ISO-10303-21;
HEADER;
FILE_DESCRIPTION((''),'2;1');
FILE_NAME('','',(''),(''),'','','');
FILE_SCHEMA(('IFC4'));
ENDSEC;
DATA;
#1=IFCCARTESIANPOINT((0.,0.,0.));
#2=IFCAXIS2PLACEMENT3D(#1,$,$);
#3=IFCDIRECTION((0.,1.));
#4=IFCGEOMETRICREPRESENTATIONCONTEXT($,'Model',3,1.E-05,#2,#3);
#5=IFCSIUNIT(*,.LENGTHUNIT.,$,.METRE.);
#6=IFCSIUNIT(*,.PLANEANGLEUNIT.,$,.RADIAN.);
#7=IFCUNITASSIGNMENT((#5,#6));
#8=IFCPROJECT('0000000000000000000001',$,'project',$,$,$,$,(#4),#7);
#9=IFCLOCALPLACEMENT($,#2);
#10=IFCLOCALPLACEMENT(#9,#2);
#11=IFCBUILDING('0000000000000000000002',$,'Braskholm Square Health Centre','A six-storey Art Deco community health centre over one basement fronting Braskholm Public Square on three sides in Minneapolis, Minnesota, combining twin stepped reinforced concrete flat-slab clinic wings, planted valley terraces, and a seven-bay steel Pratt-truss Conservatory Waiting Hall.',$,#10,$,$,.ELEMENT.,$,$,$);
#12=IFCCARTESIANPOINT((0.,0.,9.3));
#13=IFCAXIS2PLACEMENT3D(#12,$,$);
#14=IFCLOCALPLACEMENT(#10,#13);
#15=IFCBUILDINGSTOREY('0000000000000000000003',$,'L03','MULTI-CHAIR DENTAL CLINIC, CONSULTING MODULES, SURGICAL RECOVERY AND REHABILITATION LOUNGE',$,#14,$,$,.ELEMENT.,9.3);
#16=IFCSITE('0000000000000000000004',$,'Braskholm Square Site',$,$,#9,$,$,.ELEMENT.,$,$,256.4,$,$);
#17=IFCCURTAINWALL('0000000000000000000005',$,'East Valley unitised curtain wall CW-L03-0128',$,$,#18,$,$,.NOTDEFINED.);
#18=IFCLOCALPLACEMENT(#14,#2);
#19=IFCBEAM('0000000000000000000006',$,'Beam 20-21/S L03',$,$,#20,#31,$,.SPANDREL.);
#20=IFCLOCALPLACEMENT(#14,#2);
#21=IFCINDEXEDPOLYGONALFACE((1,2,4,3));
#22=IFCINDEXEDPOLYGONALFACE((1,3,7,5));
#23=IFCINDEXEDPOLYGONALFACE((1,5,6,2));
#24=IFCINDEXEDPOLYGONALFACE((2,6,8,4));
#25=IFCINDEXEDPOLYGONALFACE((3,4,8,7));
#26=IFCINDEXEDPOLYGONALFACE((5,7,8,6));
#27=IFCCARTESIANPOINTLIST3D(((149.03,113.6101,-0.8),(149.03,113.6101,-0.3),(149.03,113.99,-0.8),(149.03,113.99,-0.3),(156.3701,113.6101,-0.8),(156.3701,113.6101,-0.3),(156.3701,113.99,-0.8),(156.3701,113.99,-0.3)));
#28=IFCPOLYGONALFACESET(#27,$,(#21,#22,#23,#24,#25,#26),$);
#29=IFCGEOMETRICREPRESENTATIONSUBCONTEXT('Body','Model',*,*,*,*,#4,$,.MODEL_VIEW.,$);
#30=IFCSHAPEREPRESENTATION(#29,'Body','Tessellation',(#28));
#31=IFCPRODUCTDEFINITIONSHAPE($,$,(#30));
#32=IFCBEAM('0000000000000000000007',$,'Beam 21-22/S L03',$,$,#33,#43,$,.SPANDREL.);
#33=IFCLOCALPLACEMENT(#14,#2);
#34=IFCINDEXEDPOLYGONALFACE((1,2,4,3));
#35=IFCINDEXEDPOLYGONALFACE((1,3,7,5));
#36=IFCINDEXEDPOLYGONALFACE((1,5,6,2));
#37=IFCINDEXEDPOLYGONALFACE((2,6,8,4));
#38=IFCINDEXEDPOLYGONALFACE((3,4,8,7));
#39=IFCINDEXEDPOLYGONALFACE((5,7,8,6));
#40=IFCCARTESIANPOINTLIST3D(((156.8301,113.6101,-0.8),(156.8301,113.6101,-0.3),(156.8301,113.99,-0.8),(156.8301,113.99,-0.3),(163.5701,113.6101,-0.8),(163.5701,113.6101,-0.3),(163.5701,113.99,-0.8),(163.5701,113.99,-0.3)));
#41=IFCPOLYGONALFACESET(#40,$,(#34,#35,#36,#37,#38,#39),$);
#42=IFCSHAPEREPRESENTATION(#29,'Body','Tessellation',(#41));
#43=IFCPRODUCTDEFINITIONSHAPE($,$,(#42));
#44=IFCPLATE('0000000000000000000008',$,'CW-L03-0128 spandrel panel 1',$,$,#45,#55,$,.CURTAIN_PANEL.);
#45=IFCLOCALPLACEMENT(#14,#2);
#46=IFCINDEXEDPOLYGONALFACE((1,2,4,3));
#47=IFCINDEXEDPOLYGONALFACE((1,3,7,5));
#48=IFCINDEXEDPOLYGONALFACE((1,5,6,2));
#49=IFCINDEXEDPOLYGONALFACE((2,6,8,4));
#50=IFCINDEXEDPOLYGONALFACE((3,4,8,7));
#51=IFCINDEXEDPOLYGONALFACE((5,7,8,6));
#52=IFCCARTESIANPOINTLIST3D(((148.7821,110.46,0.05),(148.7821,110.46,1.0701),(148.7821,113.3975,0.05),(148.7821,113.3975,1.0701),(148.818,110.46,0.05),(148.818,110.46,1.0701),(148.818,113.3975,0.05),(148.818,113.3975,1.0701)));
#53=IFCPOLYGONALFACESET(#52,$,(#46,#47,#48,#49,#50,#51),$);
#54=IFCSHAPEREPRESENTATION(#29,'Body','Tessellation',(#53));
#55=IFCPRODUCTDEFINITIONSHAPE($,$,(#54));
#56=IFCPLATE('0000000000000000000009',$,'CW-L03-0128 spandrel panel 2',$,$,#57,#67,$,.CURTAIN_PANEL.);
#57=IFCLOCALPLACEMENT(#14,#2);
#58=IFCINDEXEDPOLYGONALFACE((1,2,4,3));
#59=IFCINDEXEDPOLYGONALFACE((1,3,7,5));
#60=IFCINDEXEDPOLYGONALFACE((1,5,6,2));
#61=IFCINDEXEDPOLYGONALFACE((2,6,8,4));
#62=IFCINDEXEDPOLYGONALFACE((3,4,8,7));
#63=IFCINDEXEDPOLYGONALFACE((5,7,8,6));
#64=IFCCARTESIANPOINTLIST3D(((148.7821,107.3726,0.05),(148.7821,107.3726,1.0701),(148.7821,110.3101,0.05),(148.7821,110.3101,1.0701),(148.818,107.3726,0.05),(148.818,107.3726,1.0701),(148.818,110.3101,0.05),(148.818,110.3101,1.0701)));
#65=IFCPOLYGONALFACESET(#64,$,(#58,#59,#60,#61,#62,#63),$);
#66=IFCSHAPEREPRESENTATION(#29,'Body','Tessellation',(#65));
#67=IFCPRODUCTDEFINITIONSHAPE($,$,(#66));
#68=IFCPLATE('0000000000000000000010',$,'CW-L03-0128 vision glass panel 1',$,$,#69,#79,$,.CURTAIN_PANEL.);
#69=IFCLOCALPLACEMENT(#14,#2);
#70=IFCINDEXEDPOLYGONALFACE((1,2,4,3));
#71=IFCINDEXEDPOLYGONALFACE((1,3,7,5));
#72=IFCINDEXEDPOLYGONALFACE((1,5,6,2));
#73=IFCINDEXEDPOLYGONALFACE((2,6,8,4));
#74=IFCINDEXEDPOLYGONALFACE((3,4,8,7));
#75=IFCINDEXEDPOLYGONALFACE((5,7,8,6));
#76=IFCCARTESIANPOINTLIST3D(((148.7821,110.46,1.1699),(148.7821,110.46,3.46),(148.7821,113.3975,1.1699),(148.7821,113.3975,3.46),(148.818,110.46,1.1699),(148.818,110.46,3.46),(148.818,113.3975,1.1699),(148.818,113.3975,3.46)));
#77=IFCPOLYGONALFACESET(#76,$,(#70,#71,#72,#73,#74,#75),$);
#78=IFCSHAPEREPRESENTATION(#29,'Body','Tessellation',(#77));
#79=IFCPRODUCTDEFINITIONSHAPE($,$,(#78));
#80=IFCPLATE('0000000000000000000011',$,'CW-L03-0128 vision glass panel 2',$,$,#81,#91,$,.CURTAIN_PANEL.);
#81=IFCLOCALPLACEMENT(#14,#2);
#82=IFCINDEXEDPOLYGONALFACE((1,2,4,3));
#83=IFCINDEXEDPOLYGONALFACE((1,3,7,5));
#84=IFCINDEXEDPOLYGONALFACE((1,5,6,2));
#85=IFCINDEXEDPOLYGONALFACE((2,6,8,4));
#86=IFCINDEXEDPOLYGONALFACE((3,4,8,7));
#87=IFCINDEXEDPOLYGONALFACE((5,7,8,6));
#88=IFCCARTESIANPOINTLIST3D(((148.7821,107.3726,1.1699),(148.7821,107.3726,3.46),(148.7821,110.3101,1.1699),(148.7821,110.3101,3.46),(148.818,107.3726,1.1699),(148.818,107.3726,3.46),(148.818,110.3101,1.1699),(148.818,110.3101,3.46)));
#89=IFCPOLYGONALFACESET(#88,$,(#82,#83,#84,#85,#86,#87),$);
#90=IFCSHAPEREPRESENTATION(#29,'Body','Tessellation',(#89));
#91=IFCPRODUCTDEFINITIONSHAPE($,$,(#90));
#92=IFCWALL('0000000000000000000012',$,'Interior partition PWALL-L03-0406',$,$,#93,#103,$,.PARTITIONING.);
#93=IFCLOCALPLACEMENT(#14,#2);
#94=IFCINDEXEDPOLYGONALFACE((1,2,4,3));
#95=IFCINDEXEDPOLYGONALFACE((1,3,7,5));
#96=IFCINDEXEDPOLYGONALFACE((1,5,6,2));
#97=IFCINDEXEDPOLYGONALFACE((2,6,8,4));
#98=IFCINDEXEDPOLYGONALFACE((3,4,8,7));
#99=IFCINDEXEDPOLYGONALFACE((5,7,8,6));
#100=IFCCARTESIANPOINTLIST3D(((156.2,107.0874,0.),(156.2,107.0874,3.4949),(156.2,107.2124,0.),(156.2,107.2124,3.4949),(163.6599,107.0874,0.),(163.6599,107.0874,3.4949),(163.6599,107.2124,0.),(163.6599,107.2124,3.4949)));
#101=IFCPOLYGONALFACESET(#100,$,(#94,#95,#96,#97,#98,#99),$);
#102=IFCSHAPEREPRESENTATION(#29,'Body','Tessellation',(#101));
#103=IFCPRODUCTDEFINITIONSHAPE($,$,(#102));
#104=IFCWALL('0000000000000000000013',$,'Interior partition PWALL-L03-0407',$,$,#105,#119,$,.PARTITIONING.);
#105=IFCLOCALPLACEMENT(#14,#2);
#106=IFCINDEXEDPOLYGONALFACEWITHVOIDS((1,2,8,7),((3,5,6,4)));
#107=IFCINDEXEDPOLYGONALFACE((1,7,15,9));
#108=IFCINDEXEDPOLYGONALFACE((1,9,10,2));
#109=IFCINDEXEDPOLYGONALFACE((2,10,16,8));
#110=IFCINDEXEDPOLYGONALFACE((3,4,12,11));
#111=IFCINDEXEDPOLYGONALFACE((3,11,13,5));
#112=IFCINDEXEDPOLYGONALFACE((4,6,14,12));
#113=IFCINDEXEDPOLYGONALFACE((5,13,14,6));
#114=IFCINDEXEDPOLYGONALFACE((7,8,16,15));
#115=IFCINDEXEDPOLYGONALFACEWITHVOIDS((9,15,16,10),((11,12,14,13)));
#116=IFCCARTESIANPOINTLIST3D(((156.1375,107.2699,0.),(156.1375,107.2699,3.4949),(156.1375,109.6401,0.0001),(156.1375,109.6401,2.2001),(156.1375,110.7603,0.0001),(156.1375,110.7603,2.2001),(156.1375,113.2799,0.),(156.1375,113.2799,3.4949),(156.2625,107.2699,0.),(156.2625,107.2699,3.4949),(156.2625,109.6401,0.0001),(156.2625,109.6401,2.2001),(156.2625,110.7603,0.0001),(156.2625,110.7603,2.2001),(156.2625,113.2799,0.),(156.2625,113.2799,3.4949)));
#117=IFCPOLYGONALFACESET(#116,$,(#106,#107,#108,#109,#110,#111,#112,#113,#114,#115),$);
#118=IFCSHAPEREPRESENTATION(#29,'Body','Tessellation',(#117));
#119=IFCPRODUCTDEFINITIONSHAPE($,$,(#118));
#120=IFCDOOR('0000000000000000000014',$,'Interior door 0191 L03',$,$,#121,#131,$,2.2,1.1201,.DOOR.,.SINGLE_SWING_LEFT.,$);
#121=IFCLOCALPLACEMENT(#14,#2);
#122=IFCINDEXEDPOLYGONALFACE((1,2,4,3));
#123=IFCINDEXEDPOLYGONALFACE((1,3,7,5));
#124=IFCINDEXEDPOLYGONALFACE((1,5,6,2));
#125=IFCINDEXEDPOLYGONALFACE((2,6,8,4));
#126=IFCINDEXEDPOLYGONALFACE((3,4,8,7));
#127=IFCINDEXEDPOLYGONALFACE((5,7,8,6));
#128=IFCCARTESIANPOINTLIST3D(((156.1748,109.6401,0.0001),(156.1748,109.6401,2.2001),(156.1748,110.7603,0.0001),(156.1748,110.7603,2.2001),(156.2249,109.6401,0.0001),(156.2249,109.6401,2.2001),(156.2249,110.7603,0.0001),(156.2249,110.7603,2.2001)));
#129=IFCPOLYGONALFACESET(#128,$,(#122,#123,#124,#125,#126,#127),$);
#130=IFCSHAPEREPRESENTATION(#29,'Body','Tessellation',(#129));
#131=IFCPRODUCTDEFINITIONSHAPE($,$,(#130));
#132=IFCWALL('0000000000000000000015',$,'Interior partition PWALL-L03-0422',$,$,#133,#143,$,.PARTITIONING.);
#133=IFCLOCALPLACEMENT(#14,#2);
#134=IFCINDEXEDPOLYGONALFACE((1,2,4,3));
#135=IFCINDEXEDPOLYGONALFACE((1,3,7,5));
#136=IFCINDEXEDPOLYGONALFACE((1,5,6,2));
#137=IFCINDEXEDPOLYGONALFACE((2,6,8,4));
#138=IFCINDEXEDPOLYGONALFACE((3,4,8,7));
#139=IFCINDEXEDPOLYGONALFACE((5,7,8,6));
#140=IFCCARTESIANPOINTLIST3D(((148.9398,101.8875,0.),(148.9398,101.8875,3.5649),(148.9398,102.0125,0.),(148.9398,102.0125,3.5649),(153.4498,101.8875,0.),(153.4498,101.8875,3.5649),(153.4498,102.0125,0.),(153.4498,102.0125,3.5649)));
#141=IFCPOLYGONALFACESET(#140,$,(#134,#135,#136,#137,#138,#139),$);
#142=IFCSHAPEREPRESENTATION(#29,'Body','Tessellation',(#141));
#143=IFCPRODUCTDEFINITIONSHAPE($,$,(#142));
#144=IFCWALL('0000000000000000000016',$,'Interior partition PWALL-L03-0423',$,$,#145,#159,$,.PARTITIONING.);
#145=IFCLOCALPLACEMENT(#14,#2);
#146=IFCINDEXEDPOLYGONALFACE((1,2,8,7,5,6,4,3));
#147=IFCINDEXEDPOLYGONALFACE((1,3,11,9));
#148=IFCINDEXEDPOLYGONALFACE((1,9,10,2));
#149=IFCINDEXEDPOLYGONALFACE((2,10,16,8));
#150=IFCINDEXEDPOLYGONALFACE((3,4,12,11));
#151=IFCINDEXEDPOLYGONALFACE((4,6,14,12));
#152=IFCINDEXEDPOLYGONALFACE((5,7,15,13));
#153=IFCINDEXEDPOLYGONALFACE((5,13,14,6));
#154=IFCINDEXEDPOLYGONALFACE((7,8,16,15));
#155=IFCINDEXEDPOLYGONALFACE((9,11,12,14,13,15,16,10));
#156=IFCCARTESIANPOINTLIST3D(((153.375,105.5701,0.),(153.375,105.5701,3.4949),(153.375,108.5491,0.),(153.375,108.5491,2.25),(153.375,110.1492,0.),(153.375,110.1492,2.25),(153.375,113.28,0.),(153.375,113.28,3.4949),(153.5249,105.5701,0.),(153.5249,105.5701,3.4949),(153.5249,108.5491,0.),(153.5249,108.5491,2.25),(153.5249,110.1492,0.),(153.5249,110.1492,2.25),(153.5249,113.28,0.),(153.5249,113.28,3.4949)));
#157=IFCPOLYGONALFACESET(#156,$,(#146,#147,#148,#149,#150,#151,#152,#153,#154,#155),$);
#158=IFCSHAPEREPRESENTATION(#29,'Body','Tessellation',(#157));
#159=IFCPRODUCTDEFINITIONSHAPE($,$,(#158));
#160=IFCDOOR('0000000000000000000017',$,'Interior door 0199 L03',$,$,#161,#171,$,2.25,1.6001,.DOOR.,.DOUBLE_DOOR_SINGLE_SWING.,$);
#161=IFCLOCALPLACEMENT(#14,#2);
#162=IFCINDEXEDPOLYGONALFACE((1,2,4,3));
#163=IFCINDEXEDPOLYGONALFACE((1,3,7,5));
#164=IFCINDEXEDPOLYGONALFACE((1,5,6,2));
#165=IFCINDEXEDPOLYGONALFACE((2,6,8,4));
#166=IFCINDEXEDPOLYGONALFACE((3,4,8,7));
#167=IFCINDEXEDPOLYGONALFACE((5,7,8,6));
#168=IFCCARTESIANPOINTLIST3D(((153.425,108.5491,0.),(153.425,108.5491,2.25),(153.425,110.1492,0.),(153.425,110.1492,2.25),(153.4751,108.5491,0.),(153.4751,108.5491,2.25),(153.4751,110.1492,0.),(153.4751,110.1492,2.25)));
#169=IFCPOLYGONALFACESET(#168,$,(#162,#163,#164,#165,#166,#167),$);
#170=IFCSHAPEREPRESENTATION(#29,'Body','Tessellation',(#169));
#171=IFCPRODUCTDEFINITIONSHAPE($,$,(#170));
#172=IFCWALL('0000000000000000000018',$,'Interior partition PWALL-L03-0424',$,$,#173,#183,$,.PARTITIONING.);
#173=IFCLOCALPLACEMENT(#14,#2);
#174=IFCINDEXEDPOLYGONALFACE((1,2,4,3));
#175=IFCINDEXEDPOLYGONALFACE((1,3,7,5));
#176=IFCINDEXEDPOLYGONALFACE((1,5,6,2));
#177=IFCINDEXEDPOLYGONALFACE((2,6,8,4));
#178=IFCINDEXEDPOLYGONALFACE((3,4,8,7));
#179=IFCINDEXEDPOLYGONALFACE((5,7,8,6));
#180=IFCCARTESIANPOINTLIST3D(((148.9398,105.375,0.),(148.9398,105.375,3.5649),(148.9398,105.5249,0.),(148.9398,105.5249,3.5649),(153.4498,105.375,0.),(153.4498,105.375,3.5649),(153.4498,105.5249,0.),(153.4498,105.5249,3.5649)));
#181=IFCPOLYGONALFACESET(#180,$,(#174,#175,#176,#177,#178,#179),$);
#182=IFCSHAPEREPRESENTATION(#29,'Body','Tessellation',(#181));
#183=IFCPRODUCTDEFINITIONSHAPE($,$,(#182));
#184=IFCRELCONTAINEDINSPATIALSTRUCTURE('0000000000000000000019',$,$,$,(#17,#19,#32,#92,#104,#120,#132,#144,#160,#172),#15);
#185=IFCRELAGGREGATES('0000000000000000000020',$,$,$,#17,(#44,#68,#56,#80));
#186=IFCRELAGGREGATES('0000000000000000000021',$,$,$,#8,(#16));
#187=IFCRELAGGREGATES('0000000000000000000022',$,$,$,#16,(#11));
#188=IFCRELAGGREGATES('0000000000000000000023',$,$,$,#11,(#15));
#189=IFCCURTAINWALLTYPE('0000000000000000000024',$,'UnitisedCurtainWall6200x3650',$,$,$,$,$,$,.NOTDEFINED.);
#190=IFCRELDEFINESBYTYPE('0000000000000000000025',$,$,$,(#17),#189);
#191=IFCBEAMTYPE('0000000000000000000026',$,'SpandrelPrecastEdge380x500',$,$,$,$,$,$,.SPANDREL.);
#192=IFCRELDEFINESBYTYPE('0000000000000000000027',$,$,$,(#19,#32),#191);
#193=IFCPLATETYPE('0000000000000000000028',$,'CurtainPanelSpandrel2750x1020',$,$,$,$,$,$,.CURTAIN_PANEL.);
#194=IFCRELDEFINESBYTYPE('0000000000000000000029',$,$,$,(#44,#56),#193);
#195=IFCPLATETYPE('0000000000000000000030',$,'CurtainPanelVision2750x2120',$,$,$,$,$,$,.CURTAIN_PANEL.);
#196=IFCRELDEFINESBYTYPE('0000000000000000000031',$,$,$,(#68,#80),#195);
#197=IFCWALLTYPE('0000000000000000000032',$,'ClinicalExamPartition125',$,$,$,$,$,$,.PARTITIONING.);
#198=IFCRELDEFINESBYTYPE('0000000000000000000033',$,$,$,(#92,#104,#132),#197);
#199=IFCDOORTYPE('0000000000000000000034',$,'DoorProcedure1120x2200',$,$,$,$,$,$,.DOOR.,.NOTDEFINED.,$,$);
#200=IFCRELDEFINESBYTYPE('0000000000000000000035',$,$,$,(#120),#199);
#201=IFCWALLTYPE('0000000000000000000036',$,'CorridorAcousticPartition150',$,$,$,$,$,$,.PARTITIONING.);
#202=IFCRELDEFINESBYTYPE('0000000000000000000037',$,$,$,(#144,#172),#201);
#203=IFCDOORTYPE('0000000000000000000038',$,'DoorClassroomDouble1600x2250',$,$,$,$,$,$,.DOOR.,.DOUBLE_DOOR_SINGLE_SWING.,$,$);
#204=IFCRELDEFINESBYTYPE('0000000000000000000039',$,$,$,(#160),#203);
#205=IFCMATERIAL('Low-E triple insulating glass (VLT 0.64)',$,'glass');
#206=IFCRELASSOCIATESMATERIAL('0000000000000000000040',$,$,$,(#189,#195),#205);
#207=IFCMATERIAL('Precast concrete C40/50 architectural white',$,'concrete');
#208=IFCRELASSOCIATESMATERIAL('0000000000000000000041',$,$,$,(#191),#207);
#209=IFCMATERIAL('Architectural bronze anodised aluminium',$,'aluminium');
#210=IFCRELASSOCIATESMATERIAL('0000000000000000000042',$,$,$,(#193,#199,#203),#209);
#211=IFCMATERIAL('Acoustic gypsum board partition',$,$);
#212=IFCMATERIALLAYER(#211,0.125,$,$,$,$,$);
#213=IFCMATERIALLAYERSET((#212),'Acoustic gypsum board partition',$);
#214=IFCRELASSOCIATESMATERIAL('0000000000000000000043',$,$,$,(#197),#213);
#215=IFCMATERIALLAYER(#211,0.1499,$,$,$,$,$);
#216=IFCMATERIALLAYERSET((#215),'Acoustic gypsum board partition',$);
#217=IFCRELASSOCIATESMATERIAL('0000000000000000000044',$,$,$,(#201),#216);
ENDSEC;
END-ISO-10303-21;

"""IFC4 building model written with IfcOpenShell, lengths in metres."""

from ifc_helpers import new_model, si_unit, direction, frame, frame_2d, origin, origin_with_axes, origin_2d, place, context, subcontext, project, spatial, rectangle, extrude, material, layer, layer_set, material_profile, profile_set, type_object, element, fill, aggregate, save


model = new_model("IFC4")

# Units and contexts
model_context = context("Model", 3, precision=1e-05, world=origin(), true_north=direction((0.0, 1.0)))
body_context = subcontext(model_context, "Body", "Model", "MODEL_VIEW")
ifc_project = project(units=[si_unit("LENGTHUNIT", "METRE"), si_unit("PLANEANGLEUNIT", "RADIAN")], contexts=[model_context])

# Site, building, storey
site_placement = place(None, origin())
site = spatial("IfcSite", under=ifc_project, at=site_placement, Name="Braskholm Square Site", CompositionType="ELEMENT", RefElevation=256.4)
building_placement = place(site_placement, origin())
building = spatial("IfcBuilding", under=site, at=building_placement, Name="Braskholm Square Health Centre", Description="A six-storey Art Deco community health centre over one basement fronting Braskholm Public Square on three sides in Minneapolis, Minnesota, combining twin stepped reinforced concrete flat-slab clinic wings, planted valley terraces, and a seven-bay steel Pratt-truss Conservatory Waiting Hall.", CompositionType="ELEMENT")
storey_placement = place(building_placement, frame((0.0, 0.0, 9.3)))
storey = spatial("IfcBuildingStorey", under=building, at=storey_placement, Name="L03", Description="MULTI-CHAIR DENTAL CLINIC, CONSULTING MODULES, SURGICAL RECOVERY AND REHABILITATION LOUNGE", CompositionType="ELEMENT", Elevation=9.3)

# Shared definitions
ifc_material_1 = material(Name="Precast concrete C40/50 architectural white", Category="concrete")

# Curtain wall
ifc_material_2 = material(Name="Low-E triple insulating glass (VLT 0.64)", Category="glass")
curtain_wall_type = type_object("IfcCurtainWallType", Name="UnitisedCurtainWall6200x3650", PredefinedType="NOTDEFINED", material=ifc_material_2)
curtain_wall_placement = place(storey_placement, origin())
curtain_wall = element("IfcCurtainWall", 1, at=curtain_wall_placement, inside=storey, type_object=curtain_wall_type, Name="East Valley unitised curtain wall CW-L03-0128", PredefinedType="NOTDEFINED")
ifc_material_3 = material(Name="Architectural bronze anodised aluminium", Category="aluminium")

# Beams
ifc_material_profile_1 = material_profile(ifc_material_1, rectangle(XDim=0.3799, YDim=0.5, at=origin_2d()), Name="RCB-380X500")
ifc_profile_set_1 = profile_set([ifc_material_profile_1], Name="Precast concrete C40/50 architectural white")
beam_type_1 = type_object("IfcBeamType", Name="SpandrelPrecastEdge380x500", PredefinedType="SPANDREL", material=ifc_profile_set_1)
beam_1_placement = place(storey_placement, frame((149.03, 113.8, -0.55), z_axis=(1.0, 0.0, 0.0), x_axis=(0.0, 1.0, 0.0)))
element("IfcBeam", 2, at=beam_1_placement, inside=storey, type_object=beam_type_1, Name="Beam 20-21/S L03", PredefinedType="SPANDREL", context=body_context, shape_type="SweptSolid", body=[
    extrude(rectangle(XDim=0.3799, YDim=0.5, at=origin_2d()), origin(), (0.0, 0.0, 1.0), 7.3401),
])
beam_2_placement = place(storey_placement, frame((156.8301, 113.8, -0.55), z_axis=(1.0, 0.0, 0.0), x_axis=(0.0, 1.0, 0.0)))
element("IfcBeam", 3, at=beam_2_placement, inside=storey, type_object=beam_type_1, Name="Beam 21-22/S L03", PredefinedType="SPANDREL", context=body_context, shape_type="SweptSolid", body=[
    extrude(rectangle(XDim=0.3799, YDim=0.5, at=origin_2d()), origin(), (0.0, 0.0, 1.0), 6.74),
])

# Plates
plate_type_1 = type_object("IfcPlateType", Name="CurtainPanelSpandrel2750x1020", PredefinedType="CURTAIN_PANEL", material=ifc_material_3)
plate_1_placement = place(storey_placement, frame((148.8, 111.9287, 0.05), z_axis=(0.0, 0.0, 1.0), x_axis=(0.0, -1.0, 0.0)))
plate_1 = element("IfcPlate", 4, at=plate_1_placement, type_object=plate_type_1, Name="CW-L03-0128 spandrel panel 1", PredefinedType="CURTAIN_PANEL", context=body_context, shape_type="SweptSolid", body=[
    extrude(rectangle(XDim=2.9375, YDim=0.0359, at=origin_2d()), origin(), (0.0, 0.0, 1.0), 1.02),
])
plate_2_placement = place(storey_placement, frame((148.8, 108.8413, 0.05), z_axis=(0.0, 0.0, 1.0), x_axis=(0.0, -1.0, 0.0)))
plate_2 = element("IfcPlate", 5, at=plate_2_placement, type_object=plate_type_1, Name="CW-L03-0128 spandrel panel 2", PredefinedType="CURTAIN_PANEL", context=body_context, shape_type="SweptSolid", body=[
    extrude(rectangle(XDim=2.9375, YDim=0.0359, at=origin_2d()), origin(), (0.0, 0.0, 1.0), 1.02),
])
plate_type_2 = type_object("IfcPlateType", Name="CurtainPanelVision2750x2120", PredefinedType="CURTAIN_PANEL", material=ifc_material_2)
plate_3_placement = place(storey_placement, frame((148.8, 111.9287, 1.1699), z_axis=(0.0, 0.0, 1.0), x_axis=(0.0, -1.0, 0.0)))
plate_3 = element("IfcPlate", 6, at=plate_3_placement, type_object=plate_type_2, Name="CW-L03-0128 vision glass panel 1", PredefinedType="CURTAIN_PANEL", context=body_context, shape_type="SweptSolid", body=[
    extrude(rectangle(XDim=2.9375, YDim=0.0359, at=origin_2d()), origin(), (0.0, 0.0, 1.0), 2.29),
])
plate_4_placement = place(storey_placement, frame((148.8, 108.8413, 1.1699), z_axis=(0.0, 0.0, 1.0), x_axis=(0.0, -1.0, 0.0)))
plate_4 = element("IfcPlate", 7, at=plate_4_placement, type_object=plate_type_2, Name="CW-L03-0128 vision glass panel 2", PredefinedType="CURTAIN_PANEL", context=body_context, shape_type="SweptSolid", body=[
    extrude(rectangle(XDim=2.9375, YDim=0.0359, at=origin_2d()), origin(), (0.0, 0.0, 1.0), 2.29),
])
aggregate(curtain_wall, [plate_1, plate_3, plate_2, plate_4])

# Wall
ifc_material_4 = material(Name="Acoustic gypsum board partition")
ifc_layer_1 = layer(ifc_material_4, 0.125)
ifc_layer_set_1 = layer_set([ifc_layer_1], Name="Acoustic gypsum board partition")
wall_type_1 = type_object("IfcWallType", Name="ClinicalExamPartition125", PredefinedType="PARTITIONING", material=ifc_layer_set_1)
wall_1_placement = place(storey_placement, frame((156.2, 107.1499, 0.0), z_axis=(0.0, 0.0, 1.0), x_axis=(1.0, 0.0, 0.0)))
element("IfcWall", 8, at=wall_1_placement, inside=storey, type_object=wall_type_1, Name="Interior partition PWALL-L03-0406", PredefinedType="PARTITIONING", context=body_context, shape_type="SweptSolid", body=[
    extrude(rectangle(XDim=7.46, YDim=0.125, at=frame_2d((3.73, 0.0))), origin(), (0.0, 0.0, 1.0), 3.4949),
])

# Wall, opening, door
wall_2_placement = place(storey_placement, frame((156.2, 107.27, 0.0), z_axis=(0.0, 0.0, 1.0), x_axis=(0.0, 1.0, 0.0)))
wall_2 = element("IfcWall", 9, at=wall_2_placement, inside=storey, type_object=wall_type_1, Name="Interior partition PWALL-L03-0407", PredefinedType="PARTITIONING", context=body_context, shape_type="SweptSolid", body=[
    extrude(rectangle(XDim=6.01, YDim=0.125, at=frame_2d((3.0049, 0.0))), origin(), (0.0, 0.0, 1.0), 3.4949),
])
opening_1_placement = place(wall_2_placement, frame((2.3701, 0.0, 0.0)))
opening_1 = element("IfcOpeningElement", 10, at=opening_1_placement, cuts=wall_2, PredefinedType="OPENING", context=body_context, shape_type="SweptSolid", body=[
    extrude(rectangle(XDim=1.1201, YDim=2.2, at=frame_2d((0.5601, 1.1001))), frame((0.0, 0.0725, 0.0), z_axis=(0.0, -1.0, 0.0), x_axis=(1.0, 0.0, 0.0)), (0.0, 0.0, 1.0), 0.145),
])
door_type_1 = type_object("IfcDoorType", Name="DoorProcedure1120x2200", OperationType="NOTDEFINED", PredefinedType="DOOR", material=ifc_material_3)
door_1_placement = place(opening_1_placement, frame((1.1201, 0.0, 0.0), z_axis=(0.0, 0.0, 1.0), x_axis=(-1.0, 0.0, 0.0)))
door_1 = element("IfcDoor", 11, at=door_1_placement, inside=storey, type_object=door_type_1, Name="Interior door 0191 L03", OperationType="SINGLE_SWING_LEFT", OverallHeight=2.2, OverallWidth=1.1201, PredefinedType="DOOR", context=body_context, shape_type="SweptSolid", body=[
    extrude(rectangle(XDim=1.1201, YDim=2.2, at=frame_2d((0.5601, 1.1001))), frame((0.0, 0.0249, 0.0), z_axis=(0.0, -1.0, 0.0), x_axis=(1.0, 0.0, 0.0)), (0.0, 0.0, 1.0), 0.05),
])
fill(opening_1, door_1)

# Wall
wall_3_placement = place(storey_placement, frame((148.9399, 101.95, 0.0), z_axis=(0.0, 0.0, 1.0), x_axis=(1.0, 0.0, 0.0)))
element("IfcWall", 12, at=wall_3_placement, inside=storey, type_object=wall_type_1, Name="Interior partition PWALL-L03-0422", PredefinedType="PARTITIONING", context=body_context, shape_type="SweptSolid", body=[
    extrude(rectangle(XDim=4.51, YDim=0.125, at=frame_2d((2.2549, 0.0))), origin(), (0.0, 0.0, 1.0), 3.5649),
])

# Wall, opening, door
ifc_layer_2 = layer(ifc_material_4, 0.1499)
ifc_layer_set_2 = layer_set([ifc_layer_2], Name="Acoustic gypsum board partition")
wall_type_2 = type_object("IfcWallType", Name="CorridorAcousticPartition150", PredefinedType="PARTITIONING", material=ifc_layer_set_2)
wall_4_placement = place(storey_placement, frame((153.45, 105.5701, 0.0), z_axis=(0.0, 0.0, 1.0), x_axis=(0.0, 1.0, 0.0)))
wall_4 = element("IfcWall", 13, at=wall_4_placement, inside=storey, type_object=wall_type_2, Name="Interior partition PWALL-L03-0423", PredefinedType="PARTITIONING", context=body_context, shape_type="SweptSolid", body=[
    extrude(rectangle(XDim=7.71, YDim=0.1499, at=frame_2d((3.855, 0.0))), origin(), (0.0, 0.0, 1.0), 3.4949),
])
opening_2_placement = place(wall_4_placement, frame((2.979, 0.0, 0.0)))
opening_2 = element("IfcOpeningElement", 14, at=opening_2_placement, cuts=wall_4, PredefinedType="OPENING", context=body_context, shape_type="SweptSolid", body=[
    extrude(rectangle(XDim=1.6001, YDim=2.25, at=frame_2d((0.8, 1.125))), frame((0.0, 0.085, 0.0), z_axis=(0.0, -1.0, 0.0), x_axis=(1.0, 0.0, 0.0)), (0.0, 0.0, 1.0), 0.1699),
])
door_type_2 = type_object("IfcDoorType", Name="DoorClassroomDouble1600x2250", OperationType="DOUBLE_DOOR_SINGLE_SWING", PredefinedType="DOOR", material=ifc_material_3)
door_2_placement = place(opening_2_placement, origin_with_axes())
door_2 = element("IfcDoor", 15, at=door_2_placement, inside=storey, type_object=door_type_2, Name="Interior door 0199 L03", OperationType="DOUBLE_DOOR_SINGLE_SWING", OverallHeight=2.25, OverallWidth=1.6001, PredefinedType="DOOR", context=body_context, shape_type="SweptSolid", body=[
    extrude(rectangle(XDim=1.6001, YDim=2.25, at=frame_2d((0.8, 1.125))), frame((0.0, 0.0249, 0.0), z_axis=(0.0, -1.0, 0.0), x_axis=(1.0, 0.0, 0.0)), (0.0, 0.0, 1.0), 0.05),
])
fill(opening_2, door_2)

# Wall
wall_5_placement = place(storey_placement, frame((148.9399, 105.45, 0.0), z_axis=(0.0, 0.0, 1.0), x_axis=(1.0, 0.0, 0.0)))
element("IfcWall", 16, at=wall_5_placement, inside=storey, type_object=wall_type_2, Name="Interior partition PWALL-L03-0424", PredefinedType="PARTITIONING", context=body_context, shape_type="SweptSolid", body=[
    extrude(rectangle(XDim=4.51, YDim=0.1499, at=frame_2d((2.2549, 0.0))), origin(), (0.0, 0.0, 1.0), 3.5649),
])

save(model, "model.ifc")
